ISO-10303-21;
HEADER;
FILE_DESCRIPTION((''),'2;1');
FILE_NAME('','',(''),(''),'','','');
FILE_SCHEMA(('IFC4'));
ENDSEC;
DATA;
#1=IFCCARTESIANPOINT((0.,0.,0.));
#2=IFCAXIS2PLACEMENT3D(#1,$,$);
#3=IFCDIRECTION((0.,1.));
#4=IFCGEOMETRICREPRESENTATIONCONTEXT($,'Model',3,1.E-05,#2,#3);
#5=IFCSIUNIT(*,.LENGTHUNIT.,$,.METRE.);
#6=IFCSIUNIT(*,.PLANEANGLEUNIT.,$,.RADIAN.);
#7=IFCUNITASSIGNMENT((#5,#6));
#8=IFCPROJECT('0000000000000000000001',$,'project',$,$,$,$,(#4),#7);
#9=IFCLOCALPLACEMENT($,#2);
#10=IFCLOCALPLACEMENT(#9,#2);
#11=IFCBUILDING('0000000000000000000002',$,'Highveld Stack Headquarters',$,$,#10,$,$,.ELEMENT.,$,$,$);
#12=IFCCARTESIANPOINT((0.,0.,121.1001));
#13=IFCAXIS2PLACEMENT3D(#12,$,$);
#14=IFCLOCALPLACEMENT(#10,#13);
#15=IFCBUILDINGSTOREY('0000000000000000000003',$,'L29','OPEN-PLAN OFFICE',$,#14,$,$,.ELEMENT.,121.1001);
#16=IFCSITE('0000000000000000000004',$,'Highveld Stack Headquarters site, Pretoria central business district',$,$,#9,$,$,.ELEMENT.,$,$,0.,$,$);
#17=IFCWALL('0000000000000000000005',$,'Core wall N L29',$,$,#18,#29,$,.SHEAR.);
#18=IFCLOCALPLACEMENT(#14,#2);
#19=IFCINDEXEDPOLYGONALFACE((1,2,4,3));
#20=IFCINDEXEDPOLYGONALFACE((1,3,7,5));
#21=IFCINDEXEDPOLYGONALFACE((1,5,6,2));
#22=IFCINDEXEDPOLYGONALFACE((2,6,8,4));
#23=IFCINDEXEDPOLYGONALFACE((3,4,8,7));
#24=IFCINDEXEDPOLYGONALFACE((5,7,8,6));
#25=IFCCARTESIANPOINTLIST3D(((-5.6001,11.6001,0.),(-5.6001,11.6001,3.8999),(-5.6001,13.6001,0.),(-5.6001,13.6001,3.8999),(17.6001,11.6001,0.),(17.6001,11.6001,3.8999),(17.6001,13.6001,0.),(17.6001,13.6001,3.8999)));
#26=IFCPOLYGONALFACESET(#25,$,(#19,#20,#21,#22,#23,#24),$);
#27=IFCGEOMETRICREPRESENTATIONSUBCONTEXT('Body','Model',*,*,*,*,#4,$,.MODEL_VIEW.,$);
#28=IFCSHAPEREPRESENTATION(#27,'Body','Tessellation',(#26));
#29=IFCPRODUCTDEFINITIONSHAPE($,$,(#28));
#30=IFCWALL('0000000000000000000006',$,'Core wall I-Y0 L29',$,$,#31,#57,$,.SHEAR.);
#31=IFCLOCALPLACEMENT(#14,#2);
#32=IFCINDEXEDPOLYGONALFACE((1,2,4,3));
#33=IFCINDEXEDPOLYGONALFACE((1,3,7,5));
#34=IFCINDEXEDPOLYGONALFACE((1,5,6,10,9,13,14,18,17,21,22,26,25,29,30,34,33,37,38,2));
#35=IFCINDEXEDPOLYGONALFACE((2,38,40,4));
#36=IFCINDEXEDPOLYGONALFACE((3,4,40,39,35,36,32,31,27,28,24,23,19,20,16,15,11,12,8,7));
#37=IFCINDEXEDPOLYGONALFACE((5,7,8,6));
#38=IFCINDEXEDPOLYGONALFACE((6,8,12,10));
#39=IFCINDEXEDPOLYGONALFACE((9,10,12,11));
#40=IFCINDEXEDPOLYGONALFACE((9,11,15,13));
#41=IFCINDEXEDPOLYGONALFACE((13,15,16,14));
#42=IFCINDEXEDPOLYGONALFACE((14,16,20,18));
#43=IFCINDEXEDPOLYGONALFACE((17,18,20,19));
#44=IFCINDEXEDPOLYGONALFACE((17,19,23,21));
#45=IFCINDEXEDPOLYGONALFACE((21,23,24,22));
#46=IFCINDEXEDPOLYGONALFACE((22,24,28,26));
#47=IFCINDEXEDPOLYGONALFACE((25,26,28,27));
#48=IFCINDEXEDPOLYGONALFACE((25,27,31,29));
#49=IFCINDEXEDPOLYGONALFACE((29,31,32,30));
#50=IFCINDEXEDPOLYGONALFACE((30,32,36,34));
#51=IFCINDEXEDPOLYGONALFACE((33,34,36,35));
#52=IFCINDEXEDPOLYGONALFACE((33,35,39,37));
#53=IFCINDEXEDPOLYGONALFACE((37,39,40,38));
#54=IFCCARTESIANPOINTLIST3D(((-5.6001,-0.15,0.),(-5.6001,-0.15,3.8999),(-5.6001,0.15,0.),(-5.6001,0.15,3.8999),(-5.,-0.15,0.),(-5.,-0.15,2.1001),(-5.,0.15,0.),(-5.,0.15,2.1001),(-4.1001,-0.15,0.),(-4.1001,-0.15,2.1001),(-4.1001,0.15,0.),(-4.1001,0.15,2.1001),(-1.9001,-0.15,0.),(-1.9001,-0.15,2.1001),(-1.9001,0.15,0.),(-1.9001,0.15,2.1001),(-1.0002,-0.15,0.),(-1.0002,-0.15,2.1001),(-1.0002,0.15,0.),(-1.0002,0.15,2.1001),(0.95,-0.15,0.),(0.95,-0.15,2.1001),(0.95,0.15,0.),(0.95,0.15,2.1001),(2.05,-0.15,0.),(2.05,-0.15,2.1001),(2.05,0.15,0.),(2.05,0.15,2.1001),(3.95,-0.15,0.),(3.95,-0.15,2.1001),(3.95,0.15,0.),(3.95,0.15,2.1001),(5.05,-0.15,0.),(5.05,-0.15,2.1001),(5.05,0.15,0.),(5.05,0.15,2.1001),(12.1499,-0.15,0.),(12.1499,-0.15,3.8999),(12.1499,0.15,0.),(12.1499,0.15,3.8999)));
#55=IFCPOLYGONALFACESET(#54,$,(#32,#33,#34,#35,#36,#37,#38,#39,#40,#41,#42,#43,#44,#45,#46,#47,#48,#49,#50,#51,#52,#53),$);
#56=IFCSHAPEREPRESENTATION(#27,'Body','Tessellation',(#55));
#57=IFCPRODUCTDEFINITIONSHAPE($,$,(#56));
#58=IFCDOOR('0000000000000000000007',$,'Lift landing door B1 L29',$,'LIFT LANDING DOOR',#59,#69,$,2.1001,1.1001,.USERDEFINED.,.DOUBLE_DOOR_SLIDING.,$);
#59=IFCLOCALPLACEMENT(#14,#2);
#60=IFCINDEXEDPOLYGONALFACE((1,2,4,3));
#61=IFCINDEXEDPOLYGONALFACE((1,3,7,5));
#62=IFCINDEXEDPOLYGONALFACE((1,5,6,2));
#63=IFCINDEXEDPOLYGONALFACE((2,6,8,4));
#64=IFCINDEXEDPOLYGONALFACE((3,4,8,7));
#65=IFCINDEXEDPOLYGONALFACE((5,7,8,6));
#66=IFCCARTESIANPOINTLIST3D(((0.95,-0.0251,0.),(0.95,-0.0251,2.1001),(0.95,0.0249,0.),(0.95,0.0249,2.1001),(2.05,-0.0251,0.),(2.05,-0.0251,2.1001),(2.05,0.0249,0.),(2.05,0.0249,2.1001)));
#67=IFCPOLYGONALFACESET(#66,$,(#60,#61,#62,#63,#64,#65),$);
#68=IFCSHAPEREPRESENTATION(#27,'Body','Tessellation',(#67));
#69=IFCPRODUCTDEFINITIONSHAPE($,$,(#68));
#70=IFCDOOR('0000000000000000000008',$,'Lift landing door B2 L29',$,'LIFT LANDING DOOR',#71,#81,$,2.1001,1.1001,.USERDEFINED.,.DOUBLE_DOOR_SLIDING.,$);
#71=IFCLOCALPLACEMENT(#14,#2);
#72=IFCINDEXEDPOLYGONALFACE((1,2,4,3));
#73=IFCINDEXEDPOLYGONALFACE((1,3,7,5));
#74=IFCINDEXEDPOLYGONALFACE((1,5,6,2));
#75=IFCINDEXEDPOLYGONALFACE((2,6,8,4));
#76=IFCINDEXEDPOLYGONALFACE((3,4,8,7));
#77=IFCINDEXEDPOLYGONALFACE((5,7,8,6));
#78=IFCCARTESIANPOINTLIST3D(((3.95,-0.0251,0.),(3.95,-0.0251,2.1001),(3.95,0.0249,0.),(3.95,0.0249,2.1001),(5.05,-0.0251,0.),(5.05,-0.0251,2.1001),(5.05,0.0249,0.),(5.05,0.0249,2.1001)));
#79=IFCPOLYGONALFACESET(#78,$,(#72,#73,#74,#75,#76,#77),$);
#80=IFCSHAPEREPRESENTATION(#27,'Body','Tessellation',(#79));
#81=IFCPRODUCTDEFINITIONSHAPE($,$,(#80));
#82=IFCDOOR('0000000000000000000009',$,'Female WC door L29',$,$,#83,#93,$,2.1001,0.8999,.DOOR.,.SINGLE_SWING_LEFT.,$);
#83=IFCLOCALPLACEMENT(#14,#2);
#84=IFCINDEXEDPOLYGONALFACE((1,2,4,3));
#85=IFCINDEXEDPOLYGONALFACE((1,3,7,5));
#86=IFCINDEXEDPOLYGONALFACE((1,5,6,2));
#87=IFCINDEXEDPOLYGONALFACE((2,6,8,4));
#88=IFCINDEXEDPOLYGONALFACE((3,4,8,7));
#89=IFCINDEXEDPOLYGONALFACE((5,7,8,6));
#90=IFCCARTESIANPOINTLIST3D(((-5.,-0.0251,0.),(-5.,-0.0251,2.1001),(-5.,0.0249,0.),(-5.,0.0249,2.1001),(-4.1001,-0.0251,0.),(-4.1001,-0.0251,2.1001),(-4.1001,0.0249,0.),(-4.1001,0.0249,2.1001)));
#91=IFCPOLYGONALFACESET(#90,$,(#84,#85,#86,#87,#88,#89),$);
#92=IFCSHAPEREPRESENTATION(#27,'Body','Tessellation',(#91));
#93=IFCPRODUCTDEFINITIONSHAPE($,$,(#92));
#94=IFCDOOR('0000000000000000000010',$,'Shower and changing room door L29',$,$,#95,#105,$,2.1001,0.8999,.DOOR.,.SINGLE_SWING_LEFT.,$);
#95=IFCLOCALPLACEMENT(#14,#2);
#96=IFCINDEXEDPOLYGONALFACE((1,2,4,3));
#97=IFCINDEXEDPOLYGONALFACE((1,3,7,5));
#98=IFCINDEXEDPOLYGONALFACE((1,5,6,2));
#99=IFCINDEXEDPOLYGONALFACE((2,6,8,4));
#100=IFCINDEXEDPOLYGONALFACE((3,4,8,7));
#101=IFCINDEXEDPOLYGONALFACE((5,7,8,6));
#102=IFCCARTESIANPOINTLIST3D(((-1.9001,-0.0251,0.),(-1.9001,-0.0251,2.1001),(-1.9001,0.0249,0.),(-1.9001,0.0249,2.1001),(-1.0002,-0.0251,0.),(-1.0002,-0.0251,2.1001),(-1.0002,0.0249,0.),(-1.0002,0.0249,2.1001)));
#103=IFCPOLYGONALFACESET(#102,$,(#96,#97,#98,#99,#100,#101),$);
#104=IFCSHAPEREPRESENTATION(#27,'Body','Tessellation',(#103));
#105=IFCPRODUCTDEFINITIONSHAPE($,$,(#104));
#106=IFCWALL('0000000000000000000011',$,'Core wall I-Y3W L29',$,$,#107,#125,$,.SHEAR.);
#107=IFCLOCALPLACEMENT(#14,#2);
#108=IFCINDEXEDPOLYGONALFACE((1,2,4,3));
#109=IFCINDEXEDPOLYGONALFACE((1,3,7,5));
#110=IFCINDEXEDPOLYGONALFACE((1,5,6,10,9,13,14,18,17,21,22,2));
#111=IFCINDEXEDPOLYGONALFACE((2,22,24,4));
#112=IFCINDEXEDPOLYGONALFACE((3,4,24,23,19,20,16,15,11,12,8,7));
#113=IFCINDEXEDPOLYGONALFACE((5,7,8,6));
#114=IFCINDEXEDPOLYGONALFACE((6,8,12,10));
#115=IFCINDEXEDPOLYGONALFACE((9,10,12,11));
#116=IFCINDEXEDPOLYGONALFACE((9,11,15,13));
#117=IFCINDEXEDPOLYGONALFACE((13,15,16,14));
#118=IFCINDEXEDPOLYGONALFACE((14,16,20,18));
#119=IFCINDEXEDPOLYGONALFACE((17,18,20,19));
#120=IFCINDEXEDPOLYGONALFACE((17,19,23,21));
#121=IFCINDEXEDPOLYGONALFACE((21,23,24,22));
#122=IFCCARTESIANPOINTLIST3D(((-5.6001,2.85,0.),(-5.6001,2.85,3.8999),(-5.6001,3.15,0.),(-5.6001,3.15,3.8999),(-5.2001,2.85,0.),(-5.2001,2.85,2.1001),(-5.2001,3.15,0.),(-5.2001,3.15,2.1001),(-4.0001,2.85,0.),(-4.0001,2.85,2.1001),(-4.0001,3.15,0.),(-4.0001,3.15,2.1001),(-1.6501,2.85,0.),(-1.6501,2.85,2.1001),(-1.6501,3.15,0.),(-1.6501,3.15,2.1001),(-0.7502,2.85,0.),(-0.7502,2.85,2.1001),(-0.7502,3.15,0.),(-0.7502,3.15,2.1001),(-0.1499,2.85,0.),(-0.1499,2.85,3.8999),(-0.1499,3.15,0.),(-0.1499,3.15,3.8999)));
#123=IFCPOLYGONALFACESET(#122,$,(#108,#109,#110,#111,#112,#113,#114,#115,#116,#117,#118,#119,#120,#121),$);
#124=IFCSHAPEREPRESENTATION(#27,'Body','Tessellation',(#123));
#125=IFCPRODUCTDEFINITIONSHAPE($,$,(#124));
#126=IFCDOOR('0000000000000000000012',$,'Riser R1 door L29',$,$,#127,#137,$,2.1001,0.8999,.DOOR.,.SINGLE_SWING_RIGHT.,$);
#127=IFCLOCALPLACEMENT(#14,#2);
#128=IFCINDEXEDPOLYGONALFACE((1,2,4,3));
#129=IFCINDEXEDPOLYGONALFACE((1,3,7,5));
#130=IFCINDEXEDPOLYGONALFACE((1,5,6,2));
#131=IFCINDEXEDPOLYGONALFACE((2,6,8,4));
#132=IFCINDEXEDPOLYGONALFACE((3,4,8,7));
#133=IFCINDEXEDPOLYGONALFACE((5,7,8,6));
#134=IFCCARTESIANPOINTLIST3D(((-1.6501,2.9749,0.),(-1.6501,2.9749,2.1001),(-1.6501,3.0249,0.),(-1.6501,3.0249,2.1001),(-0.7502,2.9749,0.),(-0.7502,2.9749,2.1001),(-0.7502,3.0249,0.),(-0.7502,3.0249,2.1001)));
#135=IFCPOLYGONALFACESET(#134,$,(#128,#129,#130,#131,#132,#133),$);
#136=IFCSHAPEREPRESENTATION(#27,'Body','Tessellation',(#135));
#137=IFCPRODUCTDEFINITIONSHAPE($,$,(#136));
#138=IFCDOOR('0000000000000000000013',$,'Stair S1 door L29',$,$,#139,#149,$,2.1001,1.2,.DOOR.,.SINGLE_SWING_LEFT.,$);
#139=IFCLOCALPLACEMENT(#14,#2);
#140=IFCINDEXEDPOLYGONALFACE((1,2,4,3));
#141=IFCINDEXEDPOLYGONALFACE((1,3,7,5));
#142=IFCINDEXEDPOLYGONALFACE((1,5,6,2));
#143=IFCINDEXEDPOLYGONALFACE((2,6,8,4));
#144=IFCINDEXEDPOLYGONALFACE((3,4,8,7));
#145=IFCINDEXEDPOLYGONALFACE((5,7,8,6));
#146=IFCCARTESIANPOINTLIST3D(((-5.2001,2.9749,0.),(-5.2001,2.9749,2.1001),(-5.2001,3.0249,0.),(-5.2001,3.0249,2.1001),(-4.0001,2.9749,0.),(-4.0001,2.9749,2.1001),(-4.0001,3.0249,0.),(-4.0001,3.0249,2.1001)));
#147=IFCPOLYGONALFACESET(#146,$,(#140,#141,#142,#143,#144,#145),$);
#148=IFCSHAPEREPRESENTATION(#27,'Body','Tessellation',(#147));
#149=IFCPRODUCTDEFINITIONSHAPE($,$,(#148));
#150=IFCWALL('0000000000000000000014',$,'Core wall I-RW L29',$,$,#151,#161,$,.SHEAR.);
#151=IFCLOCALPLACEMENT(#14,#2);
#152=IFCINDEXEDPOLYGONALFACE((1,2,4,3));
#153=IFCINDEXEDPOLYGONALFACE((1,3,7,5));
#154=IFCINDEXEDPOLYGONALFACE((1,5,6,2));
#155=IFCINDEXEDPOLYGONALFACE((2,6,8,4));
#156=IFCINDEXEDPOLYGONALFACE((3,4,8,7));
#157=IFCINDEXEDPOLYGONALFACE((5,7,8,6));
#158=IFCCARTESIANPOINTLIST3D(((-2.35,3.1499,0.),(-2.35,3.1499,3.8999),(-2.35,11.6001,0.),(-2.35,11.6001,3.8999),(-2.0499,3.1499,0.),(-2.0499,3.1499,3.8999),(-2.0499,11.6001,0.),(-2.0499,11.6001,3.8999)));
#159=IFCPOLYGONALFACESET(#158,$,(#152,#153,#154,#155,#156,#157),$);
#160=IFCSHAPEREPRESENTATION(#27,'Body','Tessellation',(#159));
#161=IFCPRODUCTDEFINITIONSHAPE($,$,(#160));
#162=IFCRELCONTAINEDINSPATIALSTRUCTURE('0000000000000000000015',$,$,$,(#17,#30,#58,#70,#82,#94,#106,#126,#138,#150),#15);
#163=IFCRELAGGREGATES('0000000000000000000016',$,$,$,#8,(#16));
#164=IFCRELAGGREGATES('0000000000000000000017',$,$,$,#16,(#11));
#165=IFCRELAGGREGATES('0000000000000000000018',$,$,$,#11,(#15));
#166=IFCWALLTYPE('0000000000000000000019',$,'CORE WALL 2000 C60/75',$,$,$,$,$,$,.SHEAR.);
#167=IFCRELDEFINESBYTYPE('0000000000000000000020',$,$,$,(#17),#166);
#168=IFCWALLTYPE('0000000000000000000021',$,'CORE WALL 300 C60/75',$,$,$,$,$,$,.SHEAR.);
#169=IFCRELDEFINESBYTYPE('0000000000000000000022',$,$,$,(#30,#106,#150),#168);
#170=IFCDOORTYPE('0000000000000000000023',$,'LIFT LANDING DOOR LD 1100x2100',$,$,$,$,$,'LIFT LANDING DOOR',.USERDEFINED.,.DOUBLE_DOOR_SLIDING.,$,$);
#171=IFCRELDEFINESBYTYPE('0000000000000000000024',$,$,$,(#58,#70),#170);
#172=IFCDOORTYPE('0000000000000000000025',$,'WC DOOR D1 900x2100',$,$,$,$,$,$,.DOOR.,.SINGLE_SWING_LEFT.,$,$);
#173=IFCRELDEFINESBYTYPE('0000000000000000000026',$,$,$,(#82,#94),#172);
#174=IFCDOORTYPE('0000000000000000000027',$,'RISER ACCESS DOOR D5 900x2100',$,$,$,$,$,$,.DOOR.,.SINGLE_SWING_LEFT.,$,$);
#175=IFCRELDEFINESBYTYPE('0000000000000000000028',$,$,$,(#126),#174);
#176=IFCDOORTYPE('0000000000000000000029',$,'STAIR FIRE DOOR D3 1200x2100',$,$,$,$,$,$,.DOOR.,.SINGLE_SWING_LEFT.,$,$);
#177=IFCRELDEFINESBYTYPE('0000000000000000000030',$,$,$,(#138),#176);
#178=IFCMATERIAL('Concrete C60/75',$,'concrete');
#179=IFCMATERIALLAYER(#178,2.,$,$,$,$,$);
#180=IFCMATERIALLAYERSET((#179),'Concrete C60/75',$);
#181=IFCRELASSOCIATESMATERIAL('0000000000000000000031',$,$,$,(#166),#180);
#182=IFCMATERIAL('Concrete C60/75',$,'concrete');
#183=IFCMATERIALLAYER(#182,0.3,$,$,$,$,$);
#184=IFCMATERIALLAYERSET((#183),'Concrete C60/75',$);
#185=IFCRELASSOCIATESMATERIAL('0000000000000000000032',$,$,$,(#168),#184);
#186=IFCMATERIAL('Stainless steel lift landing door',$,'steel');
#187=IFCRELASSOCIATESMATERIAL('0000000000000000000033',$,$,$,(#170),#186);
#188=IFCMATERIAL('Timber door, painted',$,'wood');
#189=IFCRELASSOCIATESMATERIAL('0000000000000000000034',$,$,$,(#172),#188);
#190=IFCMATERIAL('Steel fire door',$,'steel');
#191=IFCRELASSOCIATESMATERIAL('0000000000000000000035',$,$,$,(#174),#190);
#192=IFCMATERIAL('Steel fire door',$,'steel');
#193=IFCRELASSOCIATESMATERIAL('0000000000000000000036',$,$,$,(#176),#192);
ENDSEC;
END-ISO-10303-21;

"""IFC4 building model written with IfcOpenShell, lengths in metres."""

from ifc_helpers import new_model, si_unit, direction, frame, frame_2d, origin, place, context, subcontext, project, spatial, rectangle, extrude, material, layer, layer_set, type_object, element, fill, save


model = new_model("IFC4")

# Units and contexts
model_context = context("Model", 3, precision=1e-05, world=origin(), true_north=direction((0.0, 1.0)))
body_context = subcontext(model_context, "Body", "Model", "MODEL_VIEW")
ifc_project = project(units=[si_unit("LENGTHUNIT", "METRE"), si_unit("PLANEANGLEUNIT", "RADIAN")], contexts=[model_context])

# Site, building, storey
site_placement = place(None, origin())
site = spatial("IfcSite", under=ifc_project, at=site_placement, Name="Highveld Stack Headquarters site, Pretoria central business district", CompositionType="ELEMENT", RefElevation=0.0)
building_placement = place(site_placement, origin())
building = spatial("IfcBuilding", under=site, at=building_placement, Name="Highveld Stack Headquarters", CompositionType="ELEMENT")
storey_placement = place(building_placement, frame((0.0, 0.0, 121.1001)))
storey = spatial("IfcBuildingStorey", under=building, at=storey_placement, Name="L29", Description="OPEN-PLAN OFFICE", CompositionType="ELEMENT", Elevation=121.1001)

# Wall
ifc_material_1 = material(Name="Concrete C60/75", Category="concrete")
ifc_layer_1 = layer(ifc_material_1, 2.0)
ifc_layer_set_1 = layer_set([ifc_layer_1], Name="Concrete C60/75")
wall_type_1 = type_object("IfcWallType", Name="CORE WALL 2000 C60/75", PredefinedType="SHEAR", material=ifc_layer_set_1)
wall_1_placement = place(storey_placement, frame((-5.6001, 12.6001, 0.0), z_axis=(0.0, 0.0, 1.0), x_axis=(1.0, 0.0, 0.0)))
element("IfcWall", 1, at=wall_1_placement, inside=storey, type_object=wall_type_1, Name="Core wall N L29", PredefinedType="SHEAR", context=body_context, shape_type="SweptSolid", body=[
    extrude(rectangle(XDim=23.2002, YDim=2.0, at=frame_2d((11.6001, 0.0))), origin(), (0.0, 0.0, 1.0), 3.8999),
])

# Walls, openings, doors
ifc_material_2 = material(Name="Concrete C60/75", Category="concrete")
ifc_layer_2 = layer(ifc_material_2, 0.3)
ifc_layer_set_2 = layer_set([ifc_layer_2], Name="Concrete C60/75")
wall_type_2 = type_object("IfcWallType", Name="CORE WALL 300 C60/75", PredefinedType="SHEAR", material=ifc_layer_set_2)
wall_2_placement = place(storey_placement, frame((-5.6001, 0.0, 0.0), z_axis=(0.0, 0.0, 1.0), x_axis=(1.0, 0.0, 0.0)))
wall_2 = element("IfcWall", 2, at=wall_2_placement, inside=storey, type_object=wall_type_2, Name="Core wall I-Y0 L29", PredefinedType="SHEAR", context=body_context, shape_type="SweptSolid", body=[
    extrude(rectangle(XDim=17.75, YDim=0.3, at=frame_2d((8.875, 0.0))), origin(), (0.0, 0.0, 1.0), 3.8999),
])
opening_1_placement = place(wall_2_placement, frame((0.6001, 0.0, 0.0)))
opening_1 = element("IfcOpeningElement", 3, at=opening_1_placement, cuts=wall_2, PredefinedType="OPENING", context=body_context, shape_type="SweptSolid", body=[
    extrude(rectangle(XDim=0.8999, YDim=2.1001, at=frame_2d((0.45, 1.05))), frame((0.0, 0.1599, 0.0), z_axis=(0.0, -1.0, 0.0), x_axis=(1.0, 0.0, 0.0)), (0.0, 0.0, 1.0), 0.3201),
])
opening_2_placement = place(wall_2_placement, frame((3.7, 0.0, 0.0)))
opening_2 = element("IfcOpeningElement", 4, at=opening_2_placement, cuts=wall_2, PredefinedType="OPENING", context=body_context, shape_type="SweptSolid", body=[
    extrude(rectangle(XDim=0.8999, YDim=2.1001, at=frame_2d((0.45, 1.05))), frame((0.0, 0.1599, 0.0), z_axis=(0.0, -1.0, 0.0), x_axis=(1.0, 0.0, 0.0)), (0.0, 0.0, 1.0), 0.3201),
])
opening_3_placement = place(wall_2_placement, frame((6.55, 0.0, 0.0)))
opening_3 = element("IfcOpeningElement", 5, at=opening_3_placement, cuts=wall_2, PredefinedType="OPENING", context=body_context, shape_type="SweptSolid", body=[
    extrude(rectangle(XDim=1.1001, YDim=2.1001, at=frame_2d((0.55, 1.05))), frame((0.0, 0.1599, 0.0), z_axis=(0.0, -1.0, 0.0), x_axis=(1.0, 0.0, 0.0)), (0.0, 0.0, 1.0), 0.3201),
])
opening_4_placement = place(wall_2_placement, frame((9.55, 0.0, 0.0)))
opening_4 = element("IfcOpeningElement", 6, at=opening_4_placement, cuts=wall_2, PredefinedType="OPENING", context=body_context, shape_type="SweptSolid", body=[
    extrude(rectangle(XDim=1.1001, YDim=2.1001, at=frame_2d((0.55, 1.05))), frame((0.0, 0.1599, 0.0), z_axis=(0.0, -1.0, 0.0), x_axis=(1.0, 0.0, 0.0)), (0.0, 0.0, 1.0), 0.3201),
])
ifc_material_3 = material(Name="Stainless steel lift landing door", Category="steel")
door_type_1 = type_object("IfcDoorType", Name="LIFT LANDING DOOR LD 1100x2100", ElementType="LIFT LANDING DOOR", OperationType="DOUBLE_DOOR_SLIDING", PredefinedType="USERDEFINED", material=ifc_material_3)
door_1_placement = place(opening_3_placement, origin())
door_1 = element("IfcDoor", 7, at=door_1_placement, inside=storey, type_object=door_type_1, Name="Lift landing door B1 L29", ObjectType="LIFT LANDING DOOR", OperationType="DOUBLE_DOOR_SLIDING", OverallHeight=2.1001, OverallWidth=1.1001, PredefinedType="USERDEFINED", context=body_context, shape_type="SweptSolid", body=[
    extrude(rectangle(XDim=1.1001, YDim=2.1001, at=frame_2d((0.55, 1.05))), frame((0.0, 0.0249, 0.0), z_axis=(0.0, -1.0, 0.0), x_axis=(1.0, 0.0, 0.0)), (0.0, 0.0, 1.0), 0.05),
])
fill(opening_3, door_1)
door_2_placement = place(opening_4_placement, origin())
door_2 = element("IfcDoor", 8, at=door_2_placement, inside=storey, type_object=door_type_1, Name="Lift landing door B2 L29", ObjectType="LIFT LANDING DOOR", OperationType="DOUBLE_DOOR_SLIDING", OverallHeight=2.1001, OverallWidth=1.1001, PredefinedType="USERDEFINED", context=body_context, shape_type="SweptSolid", body=[
    extrude(rectangle(XDim=1.1001, YDim=2.1001, at=frame_2d((0.55, 1.05))), frame((0.0, 0.0249, 0.0), z_axis=(0.0, -1.0, 0.0), x_axis=(1.0, 0.0, 0.0)), (0.0, 0.0, 1.0), 0.05),
])
fill(opening_4, door_2)
ifc_material_4 = material(Name="Timber door, painted", Category="wood")
door_type_2 = type_object("IfcDoorType", Name="WC DOOR D1 900x2100", OperationType="SINGLE_SWING_LEFT", PredefinedType="DOOR", material=ifc_material_4)
door_3_placement = place(opening_1_placement, origin())
door_3 = element("IfcDoor", 9, at=door_3_placement, inside=storey, type_object=door_type_2, Name="Female WC door L29", OperationType="SINGLE_SWING_LEFT", OverallHeight=2.1001, OverallWidth=0.8999, PredefinedType="DOOR", context=body_context, shape_type="SweptSolid", body=[
    extrude(rectangle(XDim=0.8999, YDim=2.1001, at=frame_2d((0.45, 1.05))), frame((0.0, 0.0249, 0.0), z_axis=(0.0, -1.0, 0.0), x_axis=(1.0, 0.0, 0.0)), (0.0, 0.0, 1.0), 0.05),
])
fill(opening_1, door_3)
door_4_placement = place(opening_2_placement, origin())
door_4 = element("IfcDoor", 10, at=door_4_placement, inside=storey, type_object=door_type_2, Name="Shower and changing room door L29", OperationType="SINGLE_SWING_LEFT", OverallHeight=2.1001, OverallWidth=0.8999, PredefinedType="DOOR", context=body_context, shape_type="SweptSolid", body=[
    extrude(rectangle(XDim=0.8999, YDim=2.1001, at=frame_2d((0.45, 1.05))), frame((0.0, 0.0249, 0.0), z_axis=(0.0, -1.0, 0.0), x_axis=(1.0, 0.0, 0.0)), (0.0, 0.0, 1.0), 0.05),
])
fill(opening_2, door_4)
wall_3_placement = place(storey_placement, frame((-5.6001, 3.0, 0.0), z_axis=(0.0, 0.0, 1.0), x_axis=(1.0, 0.0, 0.0)))
wall_3 = element("IfcWall", 11, at=wall_3_placement, inside=storey, type_object=wall_type_2, Name="Core wall I-Y3W L29", PredefinedType="SHEAR", context=body_context, shape_type="SweptSolid", body=[
    extrude(rectangle(XDim=5.4502, YDim=0.3, at=frame_2d((2.7251, 0.0))), origin(), (0.0, 0.0, 1.0), 3.8999),
])
opening_5_placement = place(wall_3_placement, frame((0.3999, 0.0, 0.0)))
opening_5 = element("IfcOpeningElement", 12, at=opening_5_placement, cuts=wall_3, PredefinedType="OPENING", context=body_context, shape_type="SweptSolid", body=[
    extrude(rectangle(XDim=1.2, YDim=2.1001, at=frame_2d((0.6001, 1.05))), frame((0.0, 0.1599, 0.0), z_axis=(0.0, -1.0, 0.0), x_axis=(1.0, 0.0, 0.0)), (0.0, 0.0, 1.0), 0.3201),
])
opening_6_placement = place(wall_3_placement, frame((3.95, 0.0, 0.0)))
opening_6 = element("IfcOpeningElement", 13, at=opening_6_placement, cuts=wall_3, PredefinedType="OPENING", context=body_context, shape_type="SweptSolid", body=[
    extrude(rectangle(XDim=0.8999, YDim=2.1001, at=frame_2d((0.45, 1.05))), frame((0.0, 0.1599, 0.0), z_axis=(0.0, -1.0, 0.0), x_axis=(1.0, 0.0, 0.0)), (0.0, 0.0, 1.0), 0.3201),
])
ifc_material_5 = material(Name="Steel fire door", Category="steel")
door_type_3 = type_object("IfcDoorType", Name="RISER ACCESS DOOR D5 900x2100", OperationType="SINGLE_SWING_LEFT", PredefinedType="DOOR", material=ifc_material_5)
door_5_placement = place(opening_6_placement, origin())
door_5 = element("IfcDoor", 14, at=door_5_placement, inside=storey, type_object=door_type_3, Name="Riser R1 door L29", OperationType="SINGLE_SWING_RIGHT", OverallHeight=2.1001, OverallWidth=0.8999, PredefinedType="DOOR", context=body_context, shape_type="SweptSolid", body=[
    extrude(rectangle(XDim=0.8999, YDim=2.1001, at=frame_2d((0.45, 1.05))), frame((0.0, 0.0249, 0.0), z_axis=(0.0, -1.0, 0.0), x_axis=(1.0, 0.0, 0.0)), (0.0, 0.0, 1.0), 0.05),
])
fill(opening_6, door_5)
ifc_material_6 = material(Name="Steel fire door", Category="steel")
door_type_4 = type_object("IfcDoorType", Name="STAIR FIRE DOOR D3 1200x2100", OperationType="SINGLE_SWING_LEFT", PredefinedType="DOOR", material=ifc_material_6)
door_6_placement = place(opening_5_placement, origin())
door_6 = element("IfcDoor", 15, at=door_6_placement, inside=storey, type_object=door_type_4, Name="Stair S1 door L29", OperationType="SINGLE_SWING_LEFT", OverallHeight=2.1001, OverallWidth=1.2, PredefinedType="DOOR", context=body_context, shape_type="SweptSolid", body=[
    extrude(rectangle(XDim=1.2, YDim=2.1001, at=frame_2d((0.6001, 1.05))), frame((0.0, 0.0249, 0.0), z_axis=(0.0, -1.0, 0.0), x_axis=(1.0, 0.0, 0.0)), (0.0, 0.0, 1.0), 0.05),
])
fill(opening_5, door_6)

# Wall
wall_4_placement = place(storey_placement, frame((-2.2, 3.1499, 0.0), z_axis=(0.0, 0.0, 1.0), x_axis=(0.0, 1.0, 0.0)))
element("IfcWall", 16, at=wall_4_placement, inside=storey, type_object=wall_type_2, Name="Core wall I-RW L29", PredefinedType="SHEAR", context=body_context, shape_type="SweptSolid", body=[
    extrude(rectangle(XDim=8.4502, YDim=0.3, at=frame_2d((4.2251, 0.0))), origin(), (0.0, 0.0, 1.0), 3.8999),
])

save(model, "model.ifc")
